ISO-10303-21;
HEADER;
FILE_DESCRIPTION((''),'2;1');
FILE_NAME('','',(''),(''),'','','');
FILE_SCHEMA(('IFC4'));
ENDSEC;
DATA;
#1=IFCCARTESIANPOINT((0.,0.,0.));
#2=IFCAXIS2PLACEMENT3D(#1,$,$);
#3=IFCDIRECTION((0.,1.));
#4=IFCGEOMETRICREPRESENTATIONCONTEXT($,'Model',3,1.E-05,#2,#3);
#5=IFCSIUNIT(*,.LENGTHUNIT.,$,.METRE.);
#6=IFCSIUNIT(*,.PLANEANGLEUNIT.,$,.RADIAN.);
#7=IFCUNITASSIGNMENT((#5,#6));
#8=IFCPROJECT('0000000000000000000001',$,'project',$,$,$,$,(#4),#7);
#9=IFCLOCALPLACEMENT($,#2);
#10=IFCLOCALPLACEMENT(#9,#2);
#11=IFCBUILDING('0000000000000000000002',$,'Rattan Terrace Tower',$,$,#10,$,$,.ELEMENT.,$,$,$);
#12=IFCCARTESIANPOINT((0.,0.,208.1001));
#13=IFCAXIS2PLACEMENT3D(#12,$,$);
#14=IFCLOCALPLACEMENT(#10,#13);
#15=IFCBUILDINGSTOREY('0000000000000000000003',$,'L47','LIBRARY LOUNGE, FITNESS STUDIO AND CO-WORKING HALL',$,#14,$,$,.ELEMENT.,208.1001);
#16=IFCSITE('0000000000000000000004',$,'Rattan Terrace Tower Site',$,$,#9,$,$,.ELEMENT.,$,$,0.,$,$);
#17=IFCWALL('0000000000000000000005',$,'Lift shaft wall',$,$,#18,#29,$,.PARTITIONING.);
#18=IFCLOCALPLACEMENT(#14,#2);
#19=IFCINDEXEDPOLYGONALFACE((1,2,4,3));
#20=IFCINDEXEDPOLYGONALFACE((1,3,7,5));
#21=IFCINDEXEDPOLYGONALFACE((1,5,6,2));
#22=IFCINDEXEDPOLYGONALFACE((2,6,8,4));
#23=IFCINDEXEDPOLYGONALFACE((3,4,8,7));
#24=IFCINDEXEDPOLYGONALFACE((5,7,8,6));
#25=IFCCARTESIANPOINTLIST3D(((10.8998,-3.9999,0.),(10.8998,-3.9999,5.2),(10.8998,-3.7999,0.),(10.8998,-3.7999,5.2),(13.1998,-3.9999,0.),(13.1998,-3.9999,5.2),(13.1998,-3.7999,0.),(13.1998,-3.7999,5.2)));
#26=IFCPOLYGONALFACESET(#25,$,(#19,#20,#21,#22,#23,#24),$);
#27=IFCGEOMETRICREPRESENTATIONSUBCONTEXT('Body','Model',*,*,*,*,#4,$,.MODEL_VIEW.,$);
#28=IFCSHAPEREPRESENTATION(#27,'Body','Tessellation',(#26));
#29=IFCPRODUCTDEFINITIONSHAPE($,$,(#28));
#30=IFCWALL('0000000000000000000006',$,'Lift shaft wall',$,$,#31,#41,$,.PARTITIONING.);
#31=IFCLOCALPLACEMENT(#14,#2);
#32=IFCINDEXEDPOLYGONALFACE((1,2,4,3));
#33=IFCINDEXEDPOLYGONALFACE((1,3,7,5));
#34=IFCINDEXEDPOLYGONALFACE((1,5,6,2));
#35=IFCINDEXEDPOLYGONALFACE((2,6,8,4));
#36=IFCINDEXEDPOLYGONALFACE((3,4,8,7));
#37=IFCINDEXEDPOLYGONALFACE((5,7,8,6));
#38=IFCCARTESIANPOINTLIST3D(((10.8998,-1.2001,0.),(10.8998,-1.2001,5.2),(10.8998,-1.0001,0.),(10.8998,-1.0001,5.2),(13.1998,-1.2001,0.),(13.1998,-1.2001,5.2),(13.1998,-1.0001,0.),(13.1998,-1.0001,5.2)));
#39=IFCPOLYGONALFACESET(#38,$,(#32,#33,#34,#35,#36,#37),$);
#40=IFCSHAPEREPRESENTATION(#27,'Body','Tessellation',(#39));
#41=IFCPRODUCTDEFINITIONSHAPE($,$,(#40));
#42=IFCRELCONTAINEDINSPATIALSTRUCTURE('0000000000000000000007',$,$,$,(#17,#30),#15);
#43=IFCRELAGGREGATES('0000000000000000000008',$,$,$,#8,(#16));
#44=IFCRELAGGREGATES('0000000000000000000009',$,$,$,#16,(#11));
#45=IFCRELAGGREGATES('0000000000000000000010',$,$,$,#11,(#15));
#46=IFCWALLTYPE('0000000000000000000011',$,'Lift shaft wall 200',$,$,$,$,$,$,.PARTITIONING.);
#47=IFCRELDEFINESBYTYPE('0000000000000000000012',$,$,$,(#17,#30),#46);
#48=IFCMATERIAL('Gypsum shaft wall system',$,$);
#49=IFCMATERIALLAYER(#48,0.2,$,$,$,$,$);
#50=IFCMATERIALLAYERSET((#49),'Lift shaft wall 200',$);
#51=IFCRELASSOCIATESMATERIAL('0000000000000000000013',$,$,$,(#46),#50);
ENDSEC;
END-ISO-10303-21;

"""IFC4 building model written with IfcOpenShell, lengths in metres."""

from ifc_helpers import new_model, si_unit, direction, frame, frame_2d, origin, place, context, subcontext, project, spatial, rectangle, extrude, material, layer, layer_set, type_object, element, save


model = new_model("IFC4")

# Units and contexts
model_context = context("Model", 3, precision=1e-05, world=origin(), true_north=direction((0.0, 1.0)))
body_context = subcontext(model_context, "Body", "Model", "MODEL_VIEW")
ifc_project = project(units=[si_unit("LENGTHUNIT", "METRE"), si_unit("PLANEANGLEUNIT", "RADIAN")], contexts=[model_context])

# Site, building, storey
site_placement = place(None, origin())
site = spatial("IfcSite", under=ifc_project, at=site_placement, Name="Rattan Terrace Tower Site", CompositionType="ELEMENT", RefElevation=0.0)
building_placement = place(site_placement, origin())
building = spatial("IfcBuilding", under=site, at=building_placement, Name="Rattan Terrace Tower", CompositionType="ELEMENT")
storey_placement = place(building_placement, frame((0.0, 0.0, 208.1001)))
storey = spatial("IfcBuildingStorey", under=building, at=storey_placement, Name="L47", Description="LIBRARY LOUNGE, FITNESS STUDIO AND CO-WORKING HALL", CompositionType="ELEMENT", Elevation=208.1001)

# Shared definitions
ifc_material_1 = material(Name="Gypsum shaft wall system")
ifc_layer_1 = layer(ifc_material_1, 0.2)
ifc_layer_set_1 = layer_set([ifc_layer_1], Name="Lift shaft wall 200")
wall_type_1 = type_object("IfcWallType", Name="Lift shaft wall 200", PredefinedType="PARTITIONING", material=ifc_layer_set_1)

# Walls
for number, where, z_axis, x_axis, name in (
    (1, (10.8999, -3.8999, 0.0), (0.0, 0.0, 1.0), (1.0, 0.0, 0.0), "Lift shaft wall"),
    (2, (10.8999, -1.1001, 0.0), (0.0, 0.0, 1.0), (1.0, 0.0, 0.0), "Lift shaft wall"),
):
    element("IfcWall", number, at=place(storey_placement, frame(where, z_axis=z_axis, x_axis=x_axis)), inside=storey, type_object=wall_type_1, Name=name, PredefinedType="PARTITIONING", context=body_context, shape_type="SweptSolid", body=[
        extrude(rectangle(XDim=2.3, YDim=0.2, at=frame_2d((1.1499, 0.0))), origin(), (0.0, 0.0, 1.0), 5.2),
    ])

save(model, "model.ifc")
